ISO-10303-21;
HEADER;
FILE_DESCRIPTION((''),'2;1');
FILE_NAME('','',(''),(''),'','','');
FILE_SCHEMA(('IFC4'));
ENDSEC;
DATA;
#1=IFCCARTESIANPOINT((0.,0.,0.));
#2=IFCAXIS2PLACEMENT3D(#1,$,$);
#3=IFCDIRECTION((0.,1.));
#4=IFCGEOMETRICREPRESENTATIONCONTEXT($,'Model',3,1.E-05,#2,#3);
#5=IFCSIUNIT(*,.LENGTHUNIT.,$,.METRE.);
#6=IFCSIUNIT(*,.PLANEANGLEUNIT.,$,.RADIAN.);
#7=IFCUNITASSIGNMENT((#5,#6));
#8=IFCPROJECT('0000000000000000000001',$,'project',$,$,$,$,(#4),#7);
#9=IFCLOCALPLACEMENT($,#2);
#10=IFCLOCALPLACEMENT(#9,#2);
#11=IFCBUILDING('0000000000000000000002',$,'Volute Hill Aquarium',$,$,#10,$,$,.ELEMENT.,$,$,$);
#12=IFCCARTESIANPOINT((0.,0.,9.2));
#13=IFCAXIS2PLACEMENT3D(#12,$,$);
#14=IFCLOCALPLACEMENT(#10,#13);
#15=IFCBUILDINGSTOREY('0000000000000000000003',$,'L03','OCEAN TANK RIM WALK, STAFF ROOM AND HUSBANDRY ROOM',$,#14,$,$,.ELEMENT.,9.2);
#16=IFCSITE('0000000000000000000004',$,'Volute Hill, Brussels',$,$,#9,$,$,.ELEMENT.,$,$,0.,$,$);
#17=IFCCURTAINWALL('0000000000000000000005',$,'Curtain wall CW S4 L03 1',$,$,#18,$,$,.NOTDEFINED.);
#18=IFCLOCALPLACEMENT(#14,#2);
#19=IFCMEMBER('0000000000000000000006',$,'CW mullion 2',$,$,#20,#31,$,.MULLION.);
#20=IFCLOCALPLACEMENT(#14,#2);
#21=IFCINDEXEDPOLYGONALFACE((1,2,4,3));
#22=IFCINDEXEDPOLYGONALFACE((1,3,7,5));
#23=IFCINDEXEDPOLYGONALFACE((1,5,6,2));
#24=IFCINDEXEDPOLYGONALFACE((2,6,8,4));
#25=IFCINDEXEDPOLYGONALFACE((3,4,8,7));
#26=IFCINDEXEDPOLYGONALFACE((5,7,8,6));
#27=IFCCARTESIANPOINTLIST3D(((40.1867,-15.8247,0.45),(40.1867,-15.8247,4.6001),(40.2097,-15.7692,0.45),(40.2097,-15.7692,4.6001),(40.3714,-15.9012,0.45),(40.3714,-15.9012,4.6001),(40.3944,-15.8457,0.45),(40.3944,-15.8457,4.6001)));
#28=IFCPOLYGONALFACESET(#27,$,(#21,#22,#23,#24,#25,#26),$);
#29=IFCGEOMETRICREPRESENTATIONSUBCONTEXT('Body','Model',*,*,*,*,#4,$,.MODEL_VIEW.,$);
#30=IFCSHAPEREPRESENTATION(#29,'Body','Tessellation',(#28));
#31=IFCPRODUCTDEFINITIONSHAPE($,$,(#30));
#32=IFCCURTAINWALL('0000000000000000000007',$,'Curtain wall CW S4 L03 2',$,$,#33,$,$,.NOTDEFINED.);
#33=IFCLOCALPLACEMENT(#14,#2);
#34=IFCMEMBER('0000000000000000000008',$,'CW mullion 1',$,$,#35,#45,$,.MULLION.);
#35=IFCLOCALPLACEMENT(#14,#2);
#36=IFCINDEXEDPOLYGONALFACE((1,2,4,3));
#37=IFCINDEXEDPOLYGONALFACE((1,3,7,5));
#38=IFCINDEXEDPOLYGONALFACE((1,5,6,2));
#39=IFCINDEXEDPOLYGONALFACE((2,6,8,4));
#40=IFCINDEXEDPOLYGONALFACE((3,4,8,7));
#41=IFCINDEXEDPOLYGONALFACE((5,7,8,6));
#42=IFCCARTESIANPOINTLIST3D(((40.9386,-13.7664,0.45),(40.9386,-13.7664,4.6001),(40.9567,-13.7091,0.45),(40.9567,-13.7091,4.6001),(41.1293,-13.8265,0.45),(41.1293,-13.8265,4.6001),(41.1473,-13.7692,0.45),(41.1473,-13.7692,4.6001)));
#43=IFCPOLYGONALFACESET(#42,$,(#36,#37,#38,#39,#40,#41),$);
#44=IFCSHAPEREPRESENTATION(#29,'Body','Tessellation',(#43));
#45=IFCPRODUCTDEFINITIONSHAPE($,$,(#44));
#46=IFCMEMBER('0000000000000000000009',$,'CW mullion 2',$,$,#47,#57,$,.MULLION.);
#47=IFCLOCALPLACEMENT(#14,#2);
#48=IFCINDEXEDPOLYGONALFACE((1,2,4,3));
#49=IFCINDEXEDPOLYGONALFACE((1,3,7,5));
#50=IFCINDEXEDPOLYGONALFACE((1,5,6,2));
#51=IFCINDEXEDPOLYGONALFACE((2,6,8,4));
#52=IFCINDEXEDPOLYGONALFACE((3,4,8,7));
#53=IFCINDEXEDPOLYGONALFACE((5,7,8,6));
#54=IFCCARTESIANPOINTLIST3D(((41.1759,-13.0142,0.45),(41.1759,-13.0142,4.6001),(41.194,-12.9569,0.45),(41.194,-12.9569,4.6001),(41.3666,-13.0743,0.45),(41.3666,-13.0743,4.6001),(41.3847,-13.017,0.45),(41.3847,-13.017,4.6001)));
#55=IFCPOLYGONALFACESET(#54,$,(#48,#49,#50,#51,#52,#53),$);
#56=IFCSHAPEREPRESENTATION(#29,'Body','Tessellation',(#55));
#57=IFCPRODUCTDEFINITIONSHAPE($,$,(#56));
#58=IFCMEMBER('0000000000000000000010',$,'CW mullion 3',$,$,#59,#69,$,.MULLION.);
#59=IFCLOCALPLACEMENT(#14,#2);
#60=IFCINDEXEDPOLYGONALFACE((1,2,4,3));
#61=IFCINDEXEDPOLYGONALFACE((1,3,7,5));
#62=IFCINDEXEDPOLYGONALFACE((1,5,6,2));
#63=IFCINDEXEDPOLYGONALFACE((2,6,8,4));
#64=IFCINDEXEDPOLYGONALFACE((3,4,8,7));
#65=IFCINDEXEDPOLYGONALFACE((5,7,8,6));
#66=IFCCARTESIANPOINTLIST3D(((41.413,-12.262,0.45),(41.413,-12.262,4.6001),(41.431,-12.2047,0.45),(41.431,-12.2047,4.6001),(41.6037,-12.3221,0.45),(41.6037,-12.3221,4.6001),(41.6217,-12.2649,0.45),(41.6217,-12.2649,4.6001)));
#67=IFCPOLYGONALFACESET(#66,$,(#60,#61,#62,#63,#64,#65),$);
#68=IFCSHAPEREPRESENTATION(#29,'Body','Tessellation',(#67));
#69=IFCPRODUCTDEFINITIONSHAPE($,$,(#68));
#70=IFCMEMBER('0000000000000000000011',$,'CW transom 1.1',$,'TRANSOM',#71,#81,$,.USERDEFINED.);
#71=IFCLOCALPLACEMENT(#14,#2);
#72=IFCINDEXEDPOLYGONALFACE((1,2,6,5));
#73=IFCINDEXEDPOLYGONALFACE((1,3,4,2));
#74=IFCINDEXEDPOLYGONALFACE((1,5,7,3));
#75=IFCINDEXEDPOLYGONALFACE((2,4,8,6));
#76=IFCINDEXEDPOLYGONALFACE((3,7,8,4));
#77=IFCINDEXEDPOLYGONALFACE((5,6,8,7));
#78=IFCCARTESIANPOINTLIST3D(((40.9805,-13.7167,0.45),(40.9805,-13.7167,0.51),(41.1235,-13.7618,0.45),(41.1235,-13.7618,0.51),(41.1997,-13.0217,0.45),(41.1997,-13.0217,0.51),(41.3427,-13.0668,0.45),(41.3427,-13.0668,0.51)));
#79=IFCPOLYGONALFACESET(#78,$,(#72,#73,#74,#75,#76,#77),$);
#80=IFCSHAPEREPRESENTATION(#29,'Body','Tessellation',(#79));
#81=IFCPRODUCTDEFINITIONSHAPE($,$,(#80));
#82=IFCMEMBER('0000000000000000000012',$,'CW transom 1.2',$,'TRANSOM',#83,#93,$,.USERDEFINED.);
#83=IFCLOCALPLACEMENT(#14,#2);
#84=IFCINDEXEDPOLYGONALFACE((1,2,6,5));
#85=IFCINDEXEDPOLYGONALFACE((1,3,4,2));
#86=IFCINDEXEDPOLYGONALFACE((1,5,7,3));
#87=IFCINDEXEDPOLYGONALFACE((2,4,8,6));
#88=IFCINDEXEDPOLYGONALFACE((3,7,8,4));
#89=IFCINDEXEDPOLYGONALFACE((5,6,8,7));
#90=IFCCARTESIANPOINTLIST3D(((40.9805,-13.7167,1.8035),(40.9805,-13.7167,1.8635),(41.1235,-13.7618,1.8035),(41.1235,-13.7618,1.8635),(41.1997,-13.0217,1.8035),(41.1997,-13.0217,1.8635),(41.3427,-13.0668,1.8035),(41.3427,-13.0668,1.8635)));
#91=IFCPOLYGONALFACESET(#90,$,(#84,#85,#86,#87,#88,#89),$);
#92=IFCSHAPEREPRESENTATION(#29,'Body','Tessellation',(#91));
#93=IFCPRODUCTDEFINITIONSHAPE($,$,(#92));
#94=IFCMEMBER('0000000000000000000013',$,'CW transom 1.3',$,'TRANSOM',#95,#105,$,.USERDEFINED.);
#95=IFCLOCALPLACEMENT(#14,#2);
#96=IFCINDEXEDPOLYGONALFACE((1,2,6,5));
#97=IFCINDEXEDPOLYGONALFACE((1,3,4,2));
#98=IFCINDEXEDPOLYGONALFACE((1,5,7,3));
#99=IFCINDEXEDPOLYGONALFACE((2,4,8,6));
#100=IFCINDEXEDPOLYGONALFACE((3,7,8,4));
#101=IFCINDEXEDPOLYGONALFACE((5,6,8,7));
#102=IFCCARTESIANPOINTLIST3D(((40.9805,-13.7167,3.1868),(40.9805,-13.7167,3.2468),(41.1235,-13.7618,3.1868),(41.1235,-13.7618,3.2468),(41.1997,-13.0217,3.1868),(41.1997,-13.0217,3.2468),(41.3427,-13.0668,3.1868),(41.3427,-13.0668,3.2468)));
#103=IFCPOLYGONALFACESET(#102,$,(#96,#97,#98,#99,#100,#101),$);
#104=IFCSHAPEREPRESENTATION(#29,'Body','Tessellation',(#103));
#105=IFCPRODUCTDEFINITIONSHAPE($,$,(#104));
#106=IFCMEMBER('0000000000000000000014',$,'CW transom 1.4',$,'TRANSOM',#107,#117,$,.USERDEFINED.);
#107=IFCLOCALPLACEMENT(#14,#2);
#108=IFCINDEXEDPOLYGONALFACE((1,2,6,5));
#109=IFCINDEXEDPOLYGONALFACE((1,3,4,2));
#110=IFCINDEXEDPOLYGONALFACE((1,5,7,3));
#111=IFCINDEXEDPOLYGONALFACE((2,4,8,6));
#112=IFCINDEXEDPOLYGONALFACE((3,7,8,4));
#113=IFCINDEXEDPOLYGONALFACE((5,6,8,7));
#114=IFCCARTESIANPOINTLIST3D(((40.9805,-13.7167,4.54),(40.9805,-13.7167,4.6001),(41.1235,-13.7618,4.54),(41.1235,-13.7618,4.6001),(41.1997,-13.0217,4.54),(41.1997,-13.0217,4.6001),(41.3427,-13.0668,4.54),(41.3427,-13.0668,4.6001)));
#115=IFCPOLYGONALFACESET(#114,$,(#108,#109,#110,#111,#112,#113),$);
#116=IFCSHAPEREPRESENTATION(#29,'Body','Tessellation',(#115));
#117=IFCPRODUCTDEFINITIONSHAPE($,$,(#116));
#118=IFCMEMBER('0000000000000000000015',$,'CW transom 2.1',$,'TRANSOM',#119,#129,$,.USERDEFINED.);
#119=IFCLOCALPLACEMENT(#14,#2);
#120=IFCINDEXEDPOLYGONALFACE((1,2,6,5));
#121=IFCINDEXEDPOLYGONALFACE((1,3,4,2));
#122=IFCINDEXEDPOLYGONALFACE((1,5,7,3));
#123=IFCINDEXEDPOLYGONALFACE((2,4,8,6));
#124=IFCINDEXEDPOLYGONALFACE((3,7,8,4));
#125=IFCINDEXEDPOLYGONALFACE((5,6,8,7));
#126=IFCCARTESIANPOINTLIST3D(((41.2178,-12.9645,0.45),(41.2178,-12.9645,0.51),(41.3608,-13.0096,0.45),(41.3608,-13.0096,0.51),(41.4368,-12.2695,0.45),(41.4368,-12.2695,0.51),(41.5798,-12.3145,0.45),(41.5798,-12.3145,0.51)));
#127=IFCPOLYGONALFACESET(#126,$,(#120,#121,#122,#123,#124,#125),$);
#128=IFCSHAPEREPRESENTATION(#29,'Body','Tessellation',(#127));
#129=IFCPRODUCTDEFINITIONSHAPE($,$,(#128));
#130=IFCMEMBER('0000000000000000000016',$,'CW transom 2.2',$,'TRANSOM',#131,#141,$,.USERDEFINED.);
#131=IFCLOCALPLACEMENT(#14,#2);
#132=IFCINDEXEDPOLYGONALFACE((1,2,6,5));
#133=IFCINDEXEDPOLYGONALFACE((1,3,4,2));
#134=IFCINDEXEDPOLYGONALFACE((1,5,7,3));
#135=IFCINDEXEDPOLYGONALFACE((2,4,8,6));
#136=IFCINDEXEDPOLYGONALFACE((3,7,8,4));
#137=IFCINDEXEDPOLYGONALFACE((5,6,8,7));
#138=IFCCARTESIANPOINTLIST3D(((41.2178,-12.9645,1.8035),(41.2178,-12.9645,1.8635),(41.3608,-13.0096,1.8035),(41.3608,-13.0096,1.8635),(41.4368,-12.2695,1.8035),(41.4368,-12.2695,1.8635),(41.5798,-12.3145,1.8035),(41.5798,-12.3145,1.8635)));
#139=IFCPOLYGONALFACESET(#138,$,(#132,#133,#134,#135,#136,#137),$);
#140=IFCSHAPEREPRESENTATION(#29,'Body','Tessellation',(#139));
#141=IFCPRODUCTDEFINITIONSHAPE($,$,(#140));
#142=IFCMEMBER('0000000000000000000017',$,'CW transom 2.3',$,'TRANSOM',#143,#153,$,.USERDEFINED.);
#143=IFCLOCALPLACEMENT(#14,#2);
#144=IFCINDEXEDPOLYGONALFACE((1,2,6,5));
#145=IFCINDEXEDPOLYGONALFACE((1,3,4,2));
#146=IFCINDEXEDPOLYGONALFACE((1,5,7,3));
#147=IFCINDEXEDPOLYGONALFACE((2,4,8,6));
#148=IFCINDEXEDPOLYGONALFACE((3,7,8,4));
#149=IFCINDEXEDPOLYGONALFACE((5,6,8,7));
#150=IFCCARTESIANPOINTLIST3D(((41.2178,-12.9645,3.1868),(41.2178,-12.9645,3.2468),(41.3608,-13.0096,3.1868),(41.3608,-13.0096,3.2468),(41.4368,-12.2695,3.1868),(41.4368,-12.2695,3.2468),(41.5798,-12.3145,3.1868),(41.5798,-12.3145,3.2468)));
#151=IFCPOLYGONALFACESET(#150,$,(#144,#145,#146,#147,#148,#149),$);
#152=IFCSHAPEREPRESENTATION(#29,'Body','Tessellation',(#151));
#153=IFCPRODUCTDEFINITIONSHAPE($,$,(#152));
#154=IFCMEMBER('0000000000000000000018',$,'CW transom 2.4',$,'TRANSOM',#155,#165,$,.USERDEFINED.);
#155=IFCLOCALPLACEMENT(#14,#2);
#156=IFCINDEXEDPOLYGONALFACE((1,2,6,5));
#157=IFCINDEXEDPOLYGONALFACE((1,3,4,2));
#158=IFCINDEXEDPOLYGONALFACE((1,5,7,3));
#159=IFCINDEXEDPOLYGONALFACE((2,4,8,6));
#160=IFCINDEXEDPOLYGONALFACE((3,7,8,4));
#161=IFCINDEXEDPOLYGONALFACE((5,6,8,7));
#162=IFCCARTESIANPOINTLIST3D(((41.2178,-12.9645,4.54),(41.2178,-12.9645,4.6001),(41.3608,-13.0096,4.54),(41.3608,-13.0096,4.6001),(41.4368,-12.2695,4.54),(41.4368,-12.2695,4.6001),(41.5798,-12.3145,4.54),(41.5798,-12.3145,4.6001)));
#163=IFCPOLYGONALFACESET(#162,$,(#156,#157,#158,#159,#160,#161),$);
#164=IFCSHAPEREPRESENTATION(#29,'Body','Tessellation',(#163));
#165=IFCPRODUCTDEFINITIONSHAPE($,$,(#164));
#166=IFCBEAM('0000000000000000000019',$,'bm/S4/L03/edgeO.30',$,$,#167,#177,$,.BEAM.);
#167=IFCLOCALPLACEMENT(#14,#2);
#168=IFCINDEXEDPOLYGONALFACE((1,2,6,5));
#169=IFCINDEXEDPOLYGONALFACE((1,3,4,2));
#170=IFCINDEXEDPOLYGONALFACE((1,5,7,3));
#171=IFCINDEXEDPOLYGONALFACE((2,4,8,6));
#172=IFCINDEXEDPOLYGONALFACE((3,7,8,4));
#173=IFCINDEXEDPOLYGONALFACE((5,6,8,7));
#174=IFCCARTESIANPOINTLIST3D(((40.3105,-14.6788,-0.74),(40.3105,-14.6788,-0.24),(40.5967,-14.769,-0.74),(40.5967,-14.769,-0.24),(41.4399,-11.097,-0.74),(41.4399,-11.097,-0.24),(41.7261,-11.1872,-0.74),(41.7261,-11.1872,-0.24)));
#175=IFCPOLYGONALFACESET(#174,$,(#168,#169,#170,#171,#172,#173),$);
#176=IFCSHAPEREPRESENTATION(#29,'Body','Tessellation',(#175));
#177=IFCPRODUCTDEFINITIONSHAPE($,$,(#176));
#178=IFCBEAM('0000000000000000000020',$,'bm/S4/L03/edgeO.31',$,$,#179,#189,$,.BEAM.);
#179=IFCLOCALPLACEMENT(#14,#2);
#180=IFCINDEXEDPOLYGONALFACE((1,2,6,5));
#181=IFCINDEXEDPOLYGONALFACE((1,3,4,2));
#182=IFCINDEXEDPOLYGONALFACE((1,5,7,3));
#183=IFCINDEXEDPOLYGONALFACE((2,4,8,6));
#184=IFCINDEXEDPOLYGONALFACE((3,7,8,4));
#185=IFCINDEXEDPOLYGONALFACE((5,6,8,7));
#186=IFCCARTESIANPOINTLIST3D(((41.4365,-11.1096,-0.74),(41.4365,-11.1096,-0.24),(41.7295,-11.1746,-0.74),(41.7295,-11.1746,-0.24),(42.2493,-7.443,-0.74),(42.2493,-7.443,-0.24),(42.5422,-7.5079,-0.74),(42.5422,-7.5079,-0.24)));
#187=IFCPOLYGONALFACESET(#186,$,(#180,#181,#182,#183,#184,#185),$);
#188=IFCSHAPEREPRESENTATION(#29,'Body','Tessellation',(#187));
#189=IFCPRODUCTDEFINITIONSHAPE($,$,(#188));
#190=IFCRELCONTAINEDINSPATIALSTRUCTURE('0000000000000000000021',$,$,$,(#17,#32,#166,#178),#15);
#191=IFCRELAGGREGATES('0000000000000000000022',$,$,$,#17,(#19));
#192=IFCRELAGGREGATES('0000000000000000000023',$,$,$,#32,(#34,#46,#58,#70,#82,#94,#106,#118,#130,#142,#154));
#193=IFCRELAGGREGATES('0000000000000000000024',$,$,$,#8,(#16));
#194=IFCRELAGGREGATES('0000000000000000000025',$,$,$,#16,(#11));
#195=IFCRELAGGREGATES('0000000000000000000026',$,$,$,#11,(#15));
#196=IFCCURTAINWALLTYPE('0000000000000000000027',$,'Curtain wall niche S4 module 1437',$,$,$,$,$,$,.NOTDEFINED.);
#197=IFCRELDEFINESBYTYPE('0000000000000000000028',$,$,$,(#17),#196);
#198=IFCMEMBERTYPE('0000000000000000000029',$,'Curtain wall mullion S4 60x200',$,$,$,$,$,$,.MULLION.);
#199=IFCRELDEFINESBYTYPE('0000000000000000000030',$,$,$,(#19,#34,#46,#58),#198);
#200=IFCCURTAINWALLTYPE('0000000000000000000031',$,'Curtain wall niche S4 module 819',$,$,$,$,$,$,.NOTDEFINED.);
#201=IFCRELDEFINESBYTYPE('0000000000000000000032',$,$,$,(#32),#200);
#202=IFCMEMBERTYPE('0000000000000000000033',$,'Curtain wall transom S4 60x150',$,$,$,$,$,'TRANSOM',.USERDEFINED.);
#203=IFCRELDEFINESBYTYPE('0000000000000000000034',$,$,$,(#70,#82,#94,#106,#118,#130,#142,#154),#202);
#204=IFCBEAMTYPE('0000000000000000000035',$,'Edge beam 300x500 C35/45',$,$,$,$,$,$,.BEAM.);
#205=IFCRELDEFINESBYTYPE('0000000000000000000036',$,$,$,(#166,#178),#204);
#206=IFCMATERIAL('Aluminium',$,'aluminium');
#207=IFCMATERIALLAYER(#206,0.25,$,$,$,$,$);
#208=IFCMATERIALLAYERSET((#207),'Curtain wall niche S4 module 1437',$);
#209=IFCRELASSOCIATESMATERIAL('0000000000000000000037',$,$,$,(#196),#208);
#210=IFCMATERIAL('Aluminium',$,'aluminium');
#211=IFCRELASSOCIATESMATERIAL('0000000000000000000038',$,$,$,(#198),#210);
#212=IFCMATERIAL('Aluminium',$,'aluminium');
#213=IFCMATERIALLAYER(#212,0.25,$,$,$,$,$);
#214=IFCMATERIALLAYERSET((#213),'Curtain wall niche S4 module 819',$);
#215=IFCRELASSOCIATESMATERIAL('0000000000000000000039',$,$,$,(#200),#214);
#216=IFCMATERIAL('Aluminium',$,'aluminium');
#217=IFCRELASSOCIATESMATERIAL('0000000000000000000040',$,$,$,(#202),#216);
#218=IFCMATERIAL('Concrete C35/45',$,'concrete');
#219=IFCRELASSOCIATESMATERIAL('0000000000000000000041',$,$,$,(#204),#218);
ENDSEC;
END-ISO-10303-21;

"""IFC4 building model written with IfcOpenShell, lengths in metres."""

from ifc_helpers import new_model, si_unit, direction, frame, origin, origin_2d, place, context, subcontext, project, spatial, rectangle, extrude, material, layer, layer_set, material_profile, profile_set, type_object, element, aggregate, save


model = new_model("IFC4")

# Units and contexts
model_context = context("Model", 3, precision=1e-05, world=origin(), true_north=direction((0.0, 1.0)))
body_context = subcontext(model_context, "Body", "Model", "MODEL_VIEW")
ifc_project = project(units=[si_unit("LENGTHUNIT", "METRE"), si_unit("PLANEANGLEUNIT", "RADIAN")], contexts=[model_context])

# Site, building, storey
site_placement = place(None, origin())
site = spatial("IfcSite", under=ifc_project, at=site_placement, Name="Volute Hill, Brussels", CompositionType="ELEMENT", RefElevation=0.0)
building_placement = place(site_placement, origin())
building = spatial("IfcBuilding", under=site, at=building_placement, Name="Volute Hill Aquarium", CompositionType="ELEMENT")
storey_placement = place(building_placement, frame((0.0, 0.0, 9.2)))
storey = spatial("IfcBuildingStorey", under=building, at=storey_placement, Name="L03", Description="OCEAN TANK RIM WALK, STAFF ROOM AND HUSBANDRY ROOM", CompositionType="ELEMENT", Elevation=9.2)

# Curtain wall, member
ifc_material_1 = material(Name="Aluminium", Category="aluminium")
ifc_layer_1 = layer(ifc_material_1, 0.25)
ifc_layer_set_1 = layer_set([ifc_layer_1], Name="Curtain wall niche S4 module 1437")
curtain_wall_type_1 = type_object("IfcCurtainWallType", Name="Curtain wall niche S4 module 1437", PredefinedType="NOTDEFINED", material=ifc_layer_set_1)
curtain_wall_1_placement = place(storey_placement, origin())
curtain_wall_1 = element("IfcCurtainWall", 1, at=curtain_wall_1_placement, inside=storey, type_object=curtain_wall_type_1, Name="Curtain wall CW S4 L03 1", PredefinedType="NOTDEFINED")
ifc_material_2 = material(Name="Aluminium", Category="aluminium")
ifc_material_profile_1 = material_profile(ifc_material_2, rectangle(XDim=0.2, YDim=0.0601, at=origin_2d()), Name="Curtain wall mullion S4 60x200")
ifc_profile_set_1 = profile_set([ifc_material_profile_1], Name="Aluminium")
member_type_1 = type_object("IfcMemberType", Name="Curtain wall mullion S4 60x200", PredefinedType="MULLION", material=ifc_profile_set_1)
member_1_placement = place(storey_placement, frame((40.2905, -15.8352, 0.45), z_axis=(0.0, 0.0, 1.0), x_axis=(-0.923874, 0.382697, 0.0)))
member_1 = element("IfcMember", 2, at=member_1_placement, type_object=member_type_1, Name="CW mullion 2", PredefinedType="MULLION", context=body_context, shape_type="SweptSolid", body=[
    extrude(rectangle(XDim=0.2, YDim=0.0601, at=origin_2d()), origin(), (0.0, 0.0, 1.0), 4.1501),
])

# Curtain wall, members
ifc_material_3 = material(Name="Aluminium", Category="aluminium")
ifc_layer_2 = layer(ifc_material_3, 0.25)
ifc_layer_set_2 = layer_set([ifc_layer_2], Name="Curtain wall niche S4 module 819")
curtain_wall_type_2 = type_object("IfcCurtainWallType", Name="Curtain wall niche S4 module 819", PredefinedType="NOTDEFINED", material=ifc_layer_set_2)
curtain_wall_2_placement = place(storey_placement, origin())
curtain_wall_2 = element("IfcCurtainWall", 3, at=curtain_wall_2_placement, inside=storey, type_object=curtain_wall_type_2, Name="Curtain wall CW S4 L03 2", PredefinedType="NOTDEFINED")
member_2_placement = place(storey_placement, frame((41.043, -13.7678, 0.45), z_axis=(0.0, 0.0, 1.0), x_axis=(-0.953716, 0.30071, 0.0)))
member_2 = element("IfcMember", 4, at=member_2_placement, type_object=member_type_1, Name="CW mullion 1", PredefinedType="MULLION", context=body_context, shape_type="SweptSolid", body=[
    extrude(rectangle(XDim=0.2, YDim=0.0601, at=origin_2d()), origin(), (0.0, 0.0, 1.0), 4.1501),
])
member_3_placement = place(storey_placement, frame((41.2803, -13.0156, 0.45), z_axis=(0.0, 0.0, 1.0), x_axis=(-0.953716, 0.30071, 0.0)))
member_3 = element("IfcMember", 5, at=member_3_placement, type_object=member_type_1, Name="CW mullion 2", PredefinedType="MULLION", context=body_context, shape_type="SweptSolid", body=[
    extrude(rectangle(XDim=0.2, YDim=0.0601, at=origin_2d()), origin(), (0.0, 0.0, 1.0), 4.1501),
])
member_4_placement = place(storey_placement, frame((41.5173, -12.2634, 0.45), z_axis=(0.0, 0.0, 1.0), x_axis=(-0.953716, 0.30071, 0.0)))
member_4 = element("IfcMember", 6, at=member_4_placement, type_object=member_type_1, Name="CW mullion 3", PredefinedType="MULLION", context=body_context, shape_type="SweptSolid", body=[
    extrude(rectangle(XDim=0.2, YDim=0.0601, at=origin_2d()), origin(), (0.0, 0.0, 1.0), 4.1501),
])
ifc_material_4 = material(Name="Aluminium", Category="aluminium")
ifc_material_profile_2 = material_profile(ifc_material_4, rectangle(XDim=0.1499, YDim=0.0601, at=origin_2d()), Name="Curtain wall transom S4 60x150")
ifc_profile_set_2 = profile_set([ifc_material_profile_2], Name="Aluminium")
member_type_2 = type_object("IfcMemberType", Name="Curtain wall transom S4 60x150", ElementType="TRANSOM", PredefinedType="USERDEFINED", material=ifc_profile_set_2)
member_5_placement = place(storey_placement, frame((41.052, -13.7393, 0.48), z_axis=(0.300811, 0.953684, 0.0), x_axis=(-0.953684, 0.300811, 0.0)))
member_5 = element("IfcMember", 7, at=member_5_placement, type_object=member_type_2, Name="CW transom 1.1", ObjectType="TRANSOM", PredefinedType="USERDEFINED", context=body_context, shape_type="SweptSolid", body=[
    extrude(rectangle(XDim=0.1499, YDim=0.0601, at=origin_2d()), origin(), (0.0, 0.0, 1.0), 0.7288),
])
member_6_placement = place(storey_placement, frame((41.052, -13.7393, 1.8335), z_axis=(0.300811, 0.953684, 0.0), x_axis=(-0.953684, 0.300811, 0.0)))
member_6 = element("IfcMember", 8, at=member_6_placement, type_object=member_type_2, Name="CW transom 1.2", ObjectType="TRANSOM", PredefinedType="USERDEFINED", context=body_context, shape_type="SweptSolid", body=[
    extrude(rectangle(XDim=0.1499, YDim=0.0601, at=origin_2d()), origin(), (0.0, 0.0, 1.0), 0.7288),
])
member_7_placement = place(storey_placement, frame((41.052, -13.7393, 3.2168), z_axis=(0.300811, 0.953684, 0.0), x_axis=(-0.953684, 0.300811, 0.0)))
member_7 = element("IfcMember", 9, at=member_7_placement, type_object=member_type_2, Name="CW transom 1.3", ObjectType="TRANSOM", PredefinedType="USERDEFINED", context=body_context, shape_type="SweptSolid", body=[
    extrude(rectangle(XDim=0.1499, YDim=0.0601, at=origin_2d()), origin(), (0.0, 0.0, 1.0), 0.7288),
])
member_8_placement = place(storey_placement, frame((41.052, -13.7393, 4.5701), z_axis=(0.300811, 0.953684, 0.0), x_axis=(-0.953684, 0.300811, 0.0)))
member_8 = element("IfcMember", 10, at=member_8_placement, type_object=member_type_2, Name="CW transom 1.4", ObjectType="TRANSOM", PredefinedType="USERDEFINED", context=body_context, shape_type="SweptSolid", body=[
    extrude(rectangle(XDim=0.1499, YDim=0.0601, at=origin_2d()), origin(), (0.0, 0.0, 1.0), 0.7288),
])
member_9_placement = place(storey_placement, frame((41.2893, -12.9871, 0.48), z_axis=(0.300506, 0.95378, 0.0), x_axis=(-0.95378, 0.300506, 0.0)))
member_9 = element("IfcMember", 11, at=member_9_placement, type_object=member_type_2, Name="CW transom 2.1", ObjectType="TRANSOM", PredefinedType="USERDEFINED", context=body_context, shape_type="SweptSolid", body=[
    extrude(rectangle(XDim=0.1499, YDim=0.0601, at=origin_2d()), origin(), (0.0, 0.0, 1.0), 0.7288),
])
member_10_placement = place(storey_placement, frame((41.2893, -12.9871, 1.8335), z_axis=(0.300506, 0.95378, 0.0), x_axis=(-0.95378, 0.300506, 0.0)))
member_10 = element("IfcMember", 12, at=member_10_placement, type_object=member_type_2, Name="CW transom 2.2", ObjectType="TRANSOM", PredefinedType="USERDEFINED", context=body_context, shape_type="SweptSolid", body=[
    extrude(rectangle(XDim=0.1499, YDim=0.0601, at=origin_2d()), origin(), (0.0, 0.0, 1.0), 0.7288),
])
member_11_placement = place(storey_placement, frame((41.2893, -12.9871, 3.2168), z_axis=(0.300506, 0.95378, 0.0), x_axis=(-0.95378, 0.300506, 0.0)))
member_11 = element("IfcMember", 13, at=member_11_placement, type_object=member_type_2, Name="CW transom 2.3", ObjectType="TRANSOM", PredefinedType="USERDEFINED", context=body_context, shape_type="SweptSolid", body=[
    extrude(rectangle(XDim=0.1499, YDim=0.0601, at=origin_2d()), origin(), (0.0, 0.0, 1.0), 0.7288),
])
member_12_placement = place(storey_placement, frame((41.2893, -12.9871, 4.5701), z_axis=(0.300506, 0.95378, 0.0), x_axis=(-0.95378, 0.300506, 0.0)))
member_12 = element("IfcMember", 14, at=member_12_placement, type_object=member_type_2, Name="CW transom 2.4", ObjectType="TRANSOM", PredefinedType="USERDEFINED", context=body_context, shape_type="SweptSolid", body=[
    extrude(rectangle(XDim=0.1499, YDim=0.0601, at=origin_2d()), origin(), (0.0, 0.0, 1.0), 0.7288),
])

# Beams
ifc_material_5 = material(Name="Concrete C35/45", Category="concrete")
ifc_material_profile_3 = material_profile(ifc_material_5, rectangle(XDim=0.3, YDim=0.5, at=origin_2d()), Name="RC edge beam 300x500")
ifc_profile_set_3 = profile_set([ifc_material_profile_3], Name="Concrete C35/45")
beam_type_1 = type_object("IfcBeamType", Name="Edge beam 300x500 C35/45", PredefinedType="BEAM", material=ifc_profile_set_3)
for number, where, z_axis, x_axis, name in (
    (15, (40.4536, -14.7239, -0.49), (0.300721, 0.953712, 0.0), (-0.953712, 0.300721, 0.0), "bm/S4/L03/edgeO.30"),
    (16, (41.583, -11.1421, -0.49), (0.216414, 0.976302, 0.0), (-0.976302, 0.216414, 0.0), "bm/S4/L03/edgeO.31"),
):
    element("IfcBeam", number, at=place(storey_placement, frame(where, z_axis=z_axis, x_axis=x_axis)), inside=storey, type_object=beam_type_1, Name=name, PredefinedType="BEAM", context=body_context, shape_type="SweptSolid", body=[
        extrude(rectangle(XDim=0.3, YDim=0.5, at=origin_2d()), origin(), (0.0, 0.0, 1.0), 3.7556),
    ])

aggregate(curtain_wall_1, [member_1])
aggregate(curtain_wall_2, [member_2, member_3, member_4, member_5, member_6, member_7, member_8, member_9, member_10, member_11, member_12])

save(model, "model.ifc")
